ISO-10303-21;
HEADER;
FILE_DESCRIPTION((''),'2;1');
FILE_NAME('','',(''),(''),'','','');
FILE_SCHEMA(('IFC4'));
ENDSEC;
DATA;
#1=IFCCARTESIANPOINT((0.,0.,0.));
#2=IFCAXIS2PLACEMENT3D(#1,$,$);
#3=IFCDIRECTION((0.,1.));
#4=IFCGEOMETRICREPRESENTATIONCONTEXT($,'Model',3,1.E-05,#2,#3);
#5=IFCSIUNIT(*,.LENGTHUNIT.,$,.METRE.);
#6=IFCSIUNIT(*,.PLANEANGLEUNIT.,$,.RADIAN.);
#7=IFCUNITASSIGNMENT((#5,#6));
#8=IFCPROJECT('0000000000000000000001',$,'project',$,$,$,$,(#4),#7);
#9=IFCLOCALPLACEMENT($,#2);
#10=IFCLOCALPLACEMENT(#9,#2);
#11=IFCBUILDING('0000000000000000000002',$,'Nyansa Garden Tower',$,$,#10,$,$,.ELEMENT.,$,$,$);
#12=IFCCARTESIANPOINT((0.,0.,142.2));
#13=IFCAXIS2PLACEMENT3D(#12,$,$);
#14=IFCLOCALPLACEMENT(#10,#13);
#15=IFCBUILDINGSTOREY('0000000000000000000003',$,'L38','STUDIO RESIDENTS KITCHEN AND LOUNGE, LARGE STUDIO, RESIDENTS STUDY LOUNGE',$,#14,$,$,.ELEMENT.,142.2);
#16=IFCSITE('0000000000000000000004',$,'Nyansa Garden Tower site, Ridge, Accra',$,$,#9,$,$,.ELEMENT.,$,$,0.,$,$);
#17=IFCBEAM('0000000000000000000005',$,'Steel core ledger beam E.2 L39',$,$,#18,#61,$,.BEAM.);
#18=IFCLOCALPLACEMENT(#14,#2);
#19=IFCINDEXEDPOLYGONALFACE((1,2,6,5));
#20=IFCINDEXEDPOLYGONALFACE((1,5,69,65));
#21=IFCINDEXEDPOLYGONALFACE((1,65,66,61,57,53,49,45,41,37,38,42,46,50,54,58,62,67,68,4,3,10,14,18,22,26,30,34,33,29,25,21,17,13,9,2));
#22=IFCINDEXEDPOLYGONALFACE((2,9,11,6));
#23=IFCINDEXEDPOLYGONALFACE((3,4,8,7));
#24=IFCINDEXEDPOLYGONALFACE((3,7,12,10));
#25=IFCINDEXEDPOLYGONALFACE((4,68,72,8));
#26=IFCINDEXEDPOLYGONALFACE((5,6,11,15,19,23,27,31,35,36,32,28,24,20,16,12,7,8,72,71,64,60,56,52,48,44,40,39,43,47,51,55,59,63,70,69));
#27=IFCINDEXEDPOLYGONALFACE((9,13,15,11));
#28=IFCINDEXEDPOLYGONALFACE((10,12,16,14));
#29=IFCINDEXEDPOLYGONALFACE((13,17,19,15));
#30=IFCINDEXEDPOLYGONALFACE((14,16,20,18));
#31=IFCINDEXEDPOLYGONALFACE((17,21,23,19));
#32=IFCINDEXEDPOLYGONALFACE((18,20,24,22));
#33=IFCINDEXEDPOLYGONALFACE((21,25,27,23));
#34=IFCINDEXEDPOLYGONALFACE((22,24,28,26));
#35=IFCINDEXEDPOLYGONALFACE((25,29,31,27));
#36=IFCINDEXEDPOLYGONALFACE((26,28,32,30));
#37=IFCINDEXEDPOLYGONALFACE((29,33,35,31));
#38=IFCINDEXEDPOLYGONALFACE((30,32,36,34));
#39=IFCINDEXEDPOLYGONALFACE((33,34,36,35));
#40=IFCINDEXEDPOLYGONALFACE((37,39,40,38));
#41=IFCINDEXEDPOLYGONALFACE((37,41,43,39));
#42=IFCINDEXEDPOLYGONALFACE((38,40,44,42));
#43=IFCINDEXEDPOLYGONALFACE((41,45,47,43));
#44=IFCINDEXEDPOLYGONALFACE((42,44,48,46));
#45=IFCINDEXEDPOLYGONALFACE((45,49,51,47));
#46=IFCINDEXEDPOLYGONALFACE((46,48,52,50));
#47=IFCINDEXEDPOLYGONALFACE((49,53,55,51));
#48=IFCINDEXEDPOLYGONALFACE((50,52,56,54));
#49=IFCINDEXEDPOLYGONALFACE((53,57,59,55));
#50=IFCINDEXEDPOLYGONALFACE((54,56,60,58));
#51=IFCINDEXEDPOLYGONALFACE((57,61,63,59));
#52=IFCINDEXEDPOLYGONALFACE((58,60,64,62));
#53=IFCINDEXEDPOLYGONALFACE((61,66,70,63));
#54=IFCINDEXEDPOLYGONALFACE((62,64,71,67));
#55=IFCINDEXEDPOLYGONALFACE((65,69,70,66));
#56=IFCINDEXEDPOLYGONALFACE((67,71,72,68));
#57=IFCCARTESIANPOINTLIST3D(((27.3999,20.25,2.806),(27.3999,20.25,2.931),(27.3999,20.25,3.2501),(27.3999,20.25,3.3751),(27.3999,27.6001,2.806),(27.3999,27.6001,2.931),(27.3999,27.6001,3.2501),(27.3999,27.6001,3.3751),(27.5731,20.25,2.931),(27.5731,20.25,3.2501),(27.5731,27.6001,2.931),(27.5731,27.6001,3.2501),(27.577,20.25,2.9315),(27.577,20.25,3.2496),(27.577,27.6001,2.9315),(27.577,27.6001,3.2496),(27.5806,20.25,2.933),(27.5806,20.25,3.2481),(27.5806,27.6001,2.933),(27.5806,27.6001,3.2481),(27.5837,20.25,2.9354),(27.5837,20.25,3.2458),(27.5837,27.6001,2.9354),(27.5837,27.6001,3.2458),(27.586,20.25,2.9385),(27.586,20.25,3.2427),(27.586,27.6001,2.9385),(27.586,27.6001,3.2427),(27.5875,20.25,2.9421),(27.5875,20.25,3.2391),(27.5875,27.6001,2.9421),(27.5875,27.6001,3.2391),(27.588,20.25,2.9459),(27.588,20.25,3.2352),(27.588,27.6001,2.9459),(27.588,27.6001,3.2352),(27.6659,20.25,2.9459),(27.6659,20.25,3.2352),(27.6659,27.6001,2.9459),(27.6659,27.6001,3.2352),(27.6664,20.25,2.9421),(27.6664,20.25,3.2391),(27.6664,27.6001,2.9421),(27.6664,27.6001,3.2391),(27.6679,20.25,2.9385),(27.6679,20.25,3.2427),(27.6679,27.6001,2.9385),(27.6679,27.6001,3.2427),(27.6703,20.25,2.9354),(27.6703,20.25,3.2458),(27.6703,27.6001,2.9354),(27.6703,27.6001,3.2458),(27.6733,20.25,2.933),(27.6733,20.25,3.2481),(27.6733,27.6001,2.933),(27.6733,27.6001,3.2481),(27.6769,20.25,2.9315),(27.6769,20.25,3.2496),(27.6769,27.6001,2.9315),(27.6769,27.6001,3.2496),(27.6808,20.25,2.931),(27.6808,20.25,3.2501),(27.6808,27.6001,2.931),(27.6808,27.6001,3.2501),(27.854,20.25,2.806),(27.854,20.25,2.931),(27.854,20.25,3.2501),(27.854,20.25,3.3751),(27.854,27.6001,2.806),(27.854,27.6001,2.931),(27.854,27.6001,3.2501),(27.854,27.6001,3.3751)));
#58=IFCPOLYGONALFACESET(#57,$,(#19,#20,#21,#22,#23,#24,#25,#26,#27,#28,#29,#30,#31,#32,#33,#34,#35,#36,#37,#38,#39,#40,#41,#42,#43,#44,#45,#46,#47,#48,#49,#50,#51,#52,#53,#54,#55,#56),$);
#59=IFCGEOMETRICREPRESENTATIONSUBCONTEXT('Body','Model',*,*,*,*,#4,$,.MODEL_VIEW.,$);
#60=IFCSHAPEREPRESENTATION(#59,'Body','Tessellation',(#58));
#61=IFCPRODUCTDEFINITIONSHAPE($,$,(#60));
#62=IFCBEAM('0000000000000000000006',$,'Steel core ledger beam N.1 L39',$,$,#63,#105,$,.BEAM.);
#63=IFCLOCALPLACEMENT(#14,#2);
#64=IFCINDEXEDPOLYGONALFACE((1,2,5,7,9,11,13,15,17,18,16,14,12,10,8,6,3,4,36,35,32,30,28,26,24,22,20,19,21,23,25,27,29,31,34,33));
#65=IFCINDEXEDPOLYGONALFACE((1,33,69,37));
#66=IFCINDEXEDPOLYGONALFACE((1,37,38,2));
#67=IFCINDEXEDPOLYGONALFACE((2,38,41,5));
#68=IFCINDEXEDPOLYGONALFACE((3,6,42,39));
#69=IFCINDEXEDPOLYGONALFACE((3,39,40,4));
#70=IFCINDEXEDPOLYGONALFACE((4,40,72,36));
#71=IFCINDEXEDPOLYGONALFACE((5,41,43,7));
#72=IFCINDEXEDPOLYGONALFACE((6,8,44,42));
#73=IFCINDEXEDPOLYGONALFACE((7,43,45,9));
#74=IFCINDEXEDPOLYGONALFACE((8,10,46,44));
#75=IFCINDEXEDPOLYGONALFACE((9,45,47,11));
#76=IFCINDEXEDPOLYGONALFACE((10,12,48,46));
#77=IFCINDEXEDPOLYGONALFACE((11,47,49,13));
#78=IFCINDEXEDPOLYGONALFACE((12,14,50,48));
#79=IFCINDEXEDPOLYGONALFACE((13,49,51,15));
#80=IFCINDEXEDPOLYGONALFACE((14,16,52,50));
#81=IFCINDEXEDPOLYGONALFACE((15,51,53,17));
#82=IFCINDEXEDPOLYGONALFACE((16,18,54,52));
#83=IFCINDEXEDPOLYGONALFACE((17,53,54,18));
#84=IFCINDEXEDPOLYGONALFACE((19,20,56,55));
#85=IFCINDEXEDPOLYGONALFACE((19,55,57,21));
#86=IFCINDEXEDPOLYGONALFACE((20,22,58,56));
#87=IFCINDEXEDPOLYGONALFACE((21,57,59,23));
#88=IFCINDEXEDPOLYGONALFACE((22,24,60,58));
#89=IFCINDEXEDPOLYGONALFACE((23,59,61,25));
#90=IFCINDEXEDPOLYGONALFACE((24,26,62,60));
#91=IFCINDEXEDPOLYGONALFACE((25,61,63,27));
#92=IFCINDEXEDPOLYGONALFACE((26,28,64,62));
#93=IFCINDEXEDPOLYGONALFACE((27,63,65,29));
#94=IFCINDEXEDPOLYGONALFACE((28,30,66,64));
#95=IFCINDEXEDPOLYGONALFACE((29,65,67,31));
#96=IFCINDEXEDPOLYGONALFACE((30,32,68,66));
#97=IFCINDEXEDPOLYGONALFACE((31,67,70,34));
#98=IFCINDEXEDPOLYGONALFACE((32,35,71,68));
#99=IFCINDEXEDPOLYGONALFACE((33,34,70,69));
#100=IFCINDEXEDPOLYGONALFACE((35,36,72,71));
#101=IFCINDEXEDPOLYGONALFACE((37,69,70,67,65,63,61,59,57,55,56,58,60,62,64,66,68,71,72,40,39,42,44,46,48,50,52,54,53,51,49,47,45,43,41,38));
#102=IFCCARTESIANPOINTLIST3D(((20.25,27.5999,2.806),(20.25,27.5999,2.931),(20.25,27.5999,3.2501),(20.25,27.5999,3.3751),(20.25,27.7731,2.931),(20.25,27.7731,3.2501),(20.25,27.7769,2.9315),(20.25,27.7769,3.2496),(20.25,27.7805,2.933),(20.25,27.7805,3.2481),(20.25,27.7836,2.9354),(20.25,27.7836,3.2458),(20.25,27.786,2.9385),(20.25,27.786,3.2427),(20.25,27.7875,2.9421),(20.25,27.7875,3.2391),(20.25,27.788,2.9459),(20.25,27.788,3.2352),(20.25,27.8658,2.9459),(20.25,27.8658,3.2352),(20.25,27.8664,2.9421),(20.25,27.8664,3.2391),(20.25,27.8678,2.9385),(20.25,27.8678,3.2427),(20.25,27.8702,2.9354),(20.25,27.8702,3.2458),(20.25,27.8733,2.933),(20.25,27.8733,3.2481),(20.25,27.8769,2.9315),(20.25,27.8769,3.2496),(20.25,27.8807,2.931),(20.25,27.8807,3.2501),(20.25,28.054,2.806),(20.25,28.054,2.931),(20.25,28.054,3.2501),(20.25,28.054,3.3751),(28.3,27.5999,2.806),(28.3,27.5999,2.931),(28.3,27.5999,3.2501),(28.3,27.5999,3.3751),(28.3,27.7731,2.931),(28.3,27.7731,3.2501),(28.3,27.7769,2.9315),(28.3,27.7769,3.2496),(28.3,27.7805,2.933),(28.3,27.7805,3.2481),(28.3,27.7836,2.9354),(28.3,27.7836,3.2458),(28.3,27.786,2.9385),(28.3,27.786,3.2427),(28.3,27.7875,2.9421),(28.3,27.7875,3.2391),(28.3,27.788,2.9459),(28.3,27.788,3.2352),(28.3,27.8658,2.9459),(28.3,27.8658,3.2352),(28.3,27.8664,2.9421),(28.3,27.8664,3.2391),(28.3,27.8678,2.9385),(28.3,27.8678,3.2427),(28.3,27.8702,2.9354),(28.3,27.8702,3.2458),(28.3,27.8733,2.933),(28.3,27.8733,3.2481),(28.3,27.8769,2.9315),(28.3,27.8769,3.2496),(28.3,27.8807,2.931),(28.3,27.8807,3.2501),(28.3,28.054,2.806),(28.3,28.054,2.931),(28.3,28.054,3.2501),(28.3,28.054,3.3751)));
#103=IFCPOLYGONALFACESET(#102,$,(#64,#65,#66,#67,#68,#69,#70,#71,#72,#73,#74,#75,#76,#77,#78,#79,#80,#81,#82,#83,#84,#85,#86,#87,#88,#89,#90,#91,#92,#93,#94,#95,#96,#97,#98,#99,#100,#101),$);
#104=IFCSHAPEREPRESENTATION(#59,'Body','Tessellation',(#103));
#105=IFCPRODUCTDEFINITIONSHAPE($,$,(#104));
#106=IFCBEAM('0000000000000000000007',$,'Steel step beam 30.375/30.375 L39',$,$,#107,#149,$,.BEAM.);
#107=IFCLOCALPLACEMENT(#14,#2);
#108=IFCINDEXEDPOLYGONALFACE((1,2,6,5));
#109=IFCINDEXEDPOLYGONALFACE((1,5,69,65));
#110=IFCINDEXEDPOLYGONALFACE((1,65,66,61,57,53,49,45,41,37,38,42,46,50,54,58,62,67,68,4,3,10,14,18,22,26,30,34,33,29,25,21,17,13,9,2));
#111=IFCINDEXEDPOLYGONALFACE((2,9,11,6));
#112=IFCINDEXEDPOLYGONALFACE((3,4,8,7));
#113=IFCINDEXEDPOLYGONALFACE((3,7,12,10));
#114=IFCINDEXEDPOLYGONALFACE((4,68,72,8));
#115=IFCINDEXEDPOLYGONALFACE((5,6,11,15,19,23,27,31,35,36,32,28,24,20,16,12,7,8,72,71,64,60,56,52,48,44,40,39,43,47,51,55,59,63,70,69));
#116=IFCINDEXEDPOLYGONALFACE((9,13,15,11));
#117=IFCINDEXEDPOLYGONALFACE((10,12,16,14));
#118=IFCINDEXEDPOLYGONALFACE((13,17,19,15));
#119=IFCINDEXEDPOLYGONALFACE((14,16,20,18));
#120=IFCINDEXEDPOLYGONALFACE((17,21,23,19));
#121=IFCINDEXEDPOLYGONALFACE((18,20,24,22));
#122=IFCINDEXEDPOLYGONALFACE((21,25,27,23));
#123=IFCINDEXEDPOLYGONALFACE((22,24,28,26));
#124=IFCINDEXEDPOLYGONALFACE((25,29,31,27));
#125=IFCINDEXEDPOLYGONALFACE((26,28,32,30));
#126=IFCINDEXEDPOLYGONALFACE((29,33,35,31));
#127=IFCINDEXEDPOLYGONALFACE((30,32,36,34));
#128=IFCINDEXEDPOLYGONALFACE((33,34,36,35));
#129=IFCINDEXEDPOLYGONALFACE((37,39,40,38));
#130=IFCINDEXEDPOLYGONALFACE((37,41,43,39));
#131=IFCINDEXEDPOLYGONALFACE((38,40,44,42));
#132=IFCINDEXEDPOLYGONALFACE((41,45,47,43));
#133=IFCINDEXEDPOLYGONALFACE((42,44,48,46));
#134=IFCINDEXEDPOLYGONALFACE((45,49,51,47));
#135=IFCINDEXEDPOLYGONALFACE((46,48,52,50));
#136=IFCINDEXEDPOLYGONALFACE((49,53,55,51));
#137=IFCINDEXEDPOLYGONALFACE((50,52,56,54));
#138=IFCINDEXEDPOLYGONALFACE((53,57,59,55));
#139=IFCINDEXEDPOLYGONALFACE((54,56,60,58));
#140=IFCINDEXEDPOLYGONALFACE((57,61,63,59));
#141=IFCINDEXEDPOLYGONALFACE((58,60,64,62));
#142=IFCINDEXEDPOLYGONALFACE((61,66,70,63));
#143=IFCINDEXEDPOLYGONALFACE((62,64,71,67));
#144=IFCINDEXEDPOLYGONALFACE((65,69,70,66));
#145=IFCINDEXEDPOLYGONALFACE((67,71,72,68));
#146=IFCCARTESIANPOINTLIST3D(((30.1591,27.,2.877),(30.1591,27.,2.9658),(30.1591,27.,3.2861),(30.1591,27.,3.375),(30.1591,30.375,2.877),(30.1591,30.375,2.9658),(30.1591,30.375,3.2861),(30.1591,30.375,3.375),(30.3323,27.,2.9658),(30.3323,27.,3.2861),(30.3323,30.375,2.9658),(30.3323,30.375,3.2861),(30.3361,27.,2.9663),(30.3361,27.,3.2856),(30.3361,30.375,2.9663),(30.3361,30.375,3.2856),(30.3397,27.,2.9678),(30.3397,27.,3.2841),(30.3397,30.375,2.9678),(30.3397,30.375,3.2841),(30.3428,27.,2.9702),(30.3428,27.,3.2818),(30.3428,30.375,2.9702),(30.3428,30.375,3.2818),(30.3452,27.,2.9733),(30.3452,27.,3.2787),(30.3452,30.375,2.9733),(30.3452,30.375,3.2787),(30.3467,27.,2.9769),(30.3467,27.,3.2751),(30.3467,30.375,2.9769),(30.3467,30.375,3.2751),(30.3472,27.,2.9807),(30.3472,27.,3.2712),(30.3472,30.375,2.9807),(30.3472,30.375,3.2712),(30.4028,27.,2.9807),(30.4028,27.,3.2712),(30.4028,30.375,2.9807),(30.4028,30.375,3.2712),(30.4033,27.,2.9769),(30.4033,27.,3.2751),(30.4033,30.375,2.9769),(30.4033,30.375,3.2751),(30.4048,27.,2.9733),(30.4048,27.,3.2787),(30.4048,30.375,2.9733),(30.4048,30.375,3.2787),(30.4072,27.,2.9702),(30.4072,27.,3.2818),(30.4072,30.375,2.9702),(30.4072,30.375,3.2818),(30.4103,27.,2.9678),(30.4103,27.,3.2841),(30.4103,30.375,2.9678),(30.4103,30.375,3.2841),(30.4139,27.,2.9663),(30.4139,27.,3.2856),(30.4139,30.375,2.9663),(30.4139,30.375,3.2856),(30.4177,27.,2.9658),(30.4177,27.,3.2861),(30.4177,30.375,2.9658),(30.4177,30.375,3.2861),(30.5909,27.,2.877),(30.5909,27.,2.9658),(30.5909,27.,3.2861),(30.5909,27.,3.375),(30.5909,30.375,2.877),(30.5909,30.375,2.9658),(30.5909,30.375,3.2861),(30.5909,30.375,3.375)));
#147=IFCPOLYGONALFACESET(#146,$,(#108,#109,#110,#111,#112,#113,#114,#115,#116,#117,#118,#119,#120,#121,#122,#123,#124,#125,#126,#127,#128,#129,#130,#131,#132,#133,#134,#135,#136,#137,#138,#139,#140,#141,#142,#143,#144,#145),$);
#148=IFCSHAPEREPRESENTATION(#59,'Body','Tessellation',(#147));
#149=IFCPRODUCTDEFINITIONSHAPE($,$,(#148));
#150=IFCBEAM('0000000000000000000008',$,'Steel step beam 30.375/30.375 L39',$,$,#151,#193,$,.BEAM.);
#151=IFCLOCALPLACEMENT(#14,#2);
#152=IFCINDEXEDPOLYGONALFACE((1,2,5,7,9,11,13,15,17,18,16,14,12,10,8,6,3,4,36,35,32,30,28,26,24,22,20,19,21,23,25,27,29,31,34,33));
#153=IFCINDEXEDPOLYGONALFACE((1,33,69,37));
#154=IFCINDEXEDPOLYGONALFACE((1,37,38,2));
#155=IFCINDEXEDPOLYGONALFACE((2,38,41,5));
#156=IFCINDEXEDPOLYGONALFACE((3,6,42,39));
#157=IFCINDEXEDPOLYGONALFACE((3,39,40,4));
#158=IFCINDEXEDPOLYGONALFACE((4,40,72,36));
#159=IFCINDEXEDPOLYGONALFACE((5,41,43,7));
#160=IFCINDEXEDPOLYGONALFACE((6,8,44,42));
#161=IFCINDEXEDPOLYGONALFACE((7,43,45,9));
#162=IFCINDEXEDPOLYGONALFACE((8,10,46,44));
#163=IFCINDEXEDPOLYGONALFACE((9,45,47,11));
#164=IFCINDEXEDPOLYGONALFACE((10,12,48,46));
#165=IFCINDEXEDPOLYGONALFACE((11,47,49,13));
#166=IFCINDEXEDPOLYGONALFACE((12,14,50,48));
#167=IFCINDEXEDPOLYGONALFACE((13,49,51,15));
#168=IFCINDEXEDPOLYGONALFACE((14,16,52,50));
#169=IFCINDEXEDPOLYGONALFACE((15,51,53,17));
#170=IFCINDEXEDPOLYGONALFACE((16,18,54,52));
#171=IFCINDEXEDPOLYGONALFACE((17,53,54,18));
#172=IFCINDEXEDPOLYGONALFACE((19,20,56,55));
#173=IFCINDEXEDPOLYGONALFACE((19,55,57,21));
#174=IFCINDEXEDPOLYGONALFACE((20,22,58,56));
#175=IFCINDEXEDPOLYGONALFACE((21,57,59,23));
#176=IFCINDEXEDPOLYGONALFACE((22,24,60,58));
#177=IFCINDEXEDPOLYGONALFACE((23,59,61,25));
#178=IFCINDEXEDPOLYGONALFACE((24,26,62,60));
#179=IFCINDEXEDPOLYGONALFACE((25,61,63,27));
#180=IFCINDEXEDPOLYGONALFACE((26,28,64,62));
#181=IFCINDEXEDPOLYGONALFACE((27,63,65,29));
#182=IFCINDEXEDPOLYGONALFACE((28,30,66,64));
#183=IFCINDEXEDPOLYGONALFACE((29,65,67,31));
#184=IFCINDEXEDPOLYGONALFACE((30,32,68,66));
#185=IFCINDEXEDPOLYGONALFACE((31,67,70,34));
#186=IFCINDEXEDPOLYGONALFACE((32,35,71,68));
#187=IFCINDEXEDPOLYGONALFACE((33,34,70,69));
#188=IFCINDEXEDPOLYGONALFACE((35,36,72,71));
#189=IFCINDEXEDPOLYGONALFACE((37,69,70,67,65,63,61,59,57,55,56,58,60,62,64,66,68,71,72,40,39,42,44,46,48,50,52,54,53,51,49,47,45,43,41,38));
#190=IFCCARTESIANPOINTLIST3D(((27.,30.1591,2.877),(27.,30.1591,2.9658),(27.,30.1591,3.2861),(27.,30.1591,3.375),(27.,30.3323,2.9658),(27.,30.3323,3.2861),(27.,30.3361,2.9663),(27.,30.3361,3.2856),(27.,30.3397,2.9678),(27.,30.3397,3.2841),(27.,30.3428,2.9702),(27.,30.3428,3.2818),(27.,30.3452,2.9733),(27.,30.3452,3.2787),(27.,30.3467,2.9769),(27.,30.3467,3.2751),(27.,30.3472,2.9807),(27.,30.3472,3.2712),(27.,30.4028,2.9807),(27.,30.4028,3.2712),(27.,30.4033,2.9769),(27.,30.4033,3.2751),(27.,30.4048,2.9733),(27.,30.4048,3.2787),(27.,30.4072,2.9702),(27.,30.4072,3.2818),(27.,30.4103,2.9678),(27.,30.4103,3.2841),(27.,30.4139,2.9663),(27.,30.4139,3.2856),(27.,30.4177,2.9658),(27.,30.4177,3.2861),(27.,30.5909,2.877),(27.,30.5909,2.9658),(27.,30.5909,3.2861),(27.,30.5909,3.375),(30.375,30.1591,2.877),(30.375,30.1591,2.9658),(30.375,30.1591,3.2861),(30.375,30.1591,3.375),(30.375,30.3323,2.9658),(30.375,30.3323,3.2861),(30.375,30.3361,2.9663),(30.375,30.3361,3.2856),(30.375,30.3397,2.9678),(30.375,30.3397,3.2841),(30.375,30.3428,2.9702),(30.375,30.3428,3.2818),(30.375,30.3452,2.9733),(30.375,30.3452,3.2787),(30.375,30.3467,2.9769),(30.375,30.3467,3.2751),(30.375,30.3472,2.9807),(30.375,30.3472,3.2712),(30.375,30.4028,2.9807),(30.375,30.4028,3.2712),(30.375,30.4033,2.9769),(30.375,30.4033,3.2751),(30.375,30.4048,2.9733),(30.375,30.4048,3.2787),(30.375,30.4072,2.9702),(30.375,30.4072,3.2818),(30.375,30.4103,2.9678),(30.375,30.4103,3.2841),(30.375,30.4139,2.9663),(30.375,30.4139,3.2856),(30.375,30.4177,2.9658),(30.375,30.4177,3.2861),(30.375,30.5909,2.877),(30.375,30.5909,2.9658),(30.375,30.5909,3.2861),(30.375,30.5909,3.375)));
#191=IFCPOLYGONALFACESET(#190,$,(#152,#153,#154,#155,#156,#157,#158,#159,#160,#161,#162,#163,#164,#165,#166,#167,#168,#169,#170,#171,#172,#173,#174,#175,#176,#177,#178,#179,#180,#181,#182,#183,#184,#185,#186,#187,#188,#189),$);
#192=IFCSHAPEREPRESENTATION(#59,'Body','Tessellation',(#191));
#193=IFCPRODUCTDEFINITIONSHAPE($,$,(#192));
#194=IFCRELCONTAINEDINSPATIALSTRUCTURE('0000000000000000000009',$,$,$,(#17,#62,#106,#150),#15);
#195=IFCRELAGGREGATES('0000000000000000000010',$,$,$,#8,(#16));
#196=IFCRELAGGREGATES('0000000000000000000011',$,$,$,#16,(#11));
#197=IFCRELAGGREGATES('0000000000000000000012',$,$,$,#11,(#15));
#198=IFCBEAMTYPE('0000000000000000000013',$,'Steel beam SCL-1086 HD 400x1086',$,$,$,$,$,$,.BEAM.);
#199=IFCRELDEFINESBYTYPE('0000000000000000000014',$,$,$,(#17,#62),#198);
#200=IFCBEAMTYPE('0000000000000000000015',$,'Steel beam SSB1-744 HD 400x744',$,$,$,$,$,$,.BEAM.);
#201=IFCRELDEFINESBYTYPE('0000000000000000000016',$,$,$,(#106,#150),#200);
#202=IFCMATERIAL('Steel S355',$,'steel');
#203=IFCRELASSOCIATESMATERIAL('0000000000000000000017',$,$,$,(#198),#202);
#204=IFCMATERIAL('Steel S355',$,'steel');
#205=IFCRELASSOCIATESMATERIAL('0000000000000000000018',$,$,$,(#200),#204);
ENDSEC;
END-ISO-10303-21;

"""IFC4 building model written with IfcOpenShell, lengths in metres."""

from ifc_helpers import new_model, si_unit, direction, frame, origin, origin_2d, place, context, subcontext, project, spatial, i_section, extrude, material, material_profile, profile_set, type_object, element, save


model = new_model("IFC4")

# Units and contexts
model_context = context("Model", 3, precision=1e-05, world=origin(), true_north=direction((0.0, 1.0)))
body_context = subcontext(model_context, "Body", "Model", "MODEL_VIEW")
ifc_project = project(units=[si_unit("LENGTHUNIT", "METRE"), si_unit("PLANEANGLEUNIT", "RADIAN")], contexts=[model_context])

# Site, building, storey
site_placement = place(None, origin())
site = spatial("IfcSite", under=ifc_project, at=site_placement, Name="Nyansa Garden Tower site, Ridge, Accra", CompositionType="ELEMENT", RefElevation=0.0)
building_placement = place(site_placement, origin())
building = spatial("IfcBuilding", under=site, at=building_placement, Name="Nyansa Garden Tower", CompositionType="ELEMENT")
storey_placement = place(building_placement, frame((0.0, 0.0, 142.2)))
storey = spatial("IfcBuildingStorey", under=building, at=storey_placement, Name="L38", Description="STUDIO RESIDENTS KITCHEN AND LOUNGE, LARGE STUDIO, RESIDENTS STUDY LOUNGE", CompositionType="ELEMENT", Elevation=142.2)

# Beams
ifc_material_1 = material(Name="Steel S355", Category="steel")
ifc_material_profile_1 = material_profile(ifc_material_1, i_section(OverallWidth=0.4541, OverallDepth=0.5691, WebThickness=0.0779, FlangeThickness=0.125, FilletRadius=0.0149, at=origin_2d()), Name="HD 400x1086")
ifc_profile_set_1 = profile_set([ifc_material_profile_1], Name="Steel S355")
beam_type_1 = type_object("IfcBeamType", Name="Steel beam SCL-1086 HD 400x1086", PredefinedType="BEAM", material=ifc_profile_set_1)
beam_1_placement = place(storey_placement, frame((27.627, 20.25, 3.0906), z_axis=(0.0, 1.0, 0.0), x_axis=(-1.0, 0.0, 0.0)))
element("IfcBeam", 1, at=beam_1_placement, inside=storey, type_object=beam_type_1, Name="Steel core ledger beam E.2 L39", PredefinedType="BEAM", context=body_context, shape_type="SweptSolid", body=[
    extrude(i_section(OverallWidth=0.4541, OverallDepth=0.5691, WebThickness=0.0779, FlangeThickness=0.125, FilletRadius=0.0149, at=origin_2d()), origin(), (0.0, 0.0, 1.0), 7.3501),
])
beam_2_placement = place(storey_placement, frame((28.3, 27.8269, 3.0906), z_axis=(-1.0, 0.0, 0.0), x_axis=(0.0, -1.0, 0.0)))
element("IfcBeam", 2, at=beam_2_placement, inside=storey, type_object=beam_type_1, Name="Steel core ledger beam N.1 L39", PredefinedType="BEAM", context=body_context, shape_type="SweptSolid", body=[
    extrude(i_section(OverallWidth=0.4541, OverallDepth=0.5691, WebThickness=0.0779, FlangeThickness=0.125, FilletRadius=0.0149, at=origin_2d()), origin(), (0.0, 0.0, 1.0), 8.05),
])
ifc_material_2 = material(Name="Steel S355", Category="steel")
ifc_material_profile_2 = material_profile(ifc_material_2, i_section(OverallWidth=0.4319, OverallDepth=0.498, WebThickness=0.0557, FlangeThickness=0.0889, FilletRadius=0.0149, at=origin_2d()), Name="HD 400x744")
ifc_profile_set_2 = profile_set([ifc_material_profile_2], Name="Steel S355")
beam_type_2 = type_object("IfcBeamType", Name="Steel beam SSB1-744 HD 400x744", PredefinedType="BEAM", material=ifc_profile_set_2)
for number, where, z_axis, x_axis, name in (
    (3, (30.375, 30.375, 3.126), (0.0, -1.0, 0.0), (1.0, 0.0, 0.0), "Steel step beam 30.375/30.375 L39"),
    (4, (30.375, 30.375, 3.126), (-1.0, 0.0, 0.0), (0.0, -1.0, 0.0), "Steel step beam 30.375/30.375 L39"),
):
    element("IfcBeam", number, at=place(storey_placement, frame(where, z_axis=z_axis, x_axis=x_axis)), inside=storey, type_object=beam_type_2, Name=name, PredefinedType="BEAM", context=body_context, shape_type="SweptSolid", body=[
        extrude(i_section(OverallWidth=0.4319, OverallDepth=0.498, WebThickness=0.0557, FlangeThickness=0.0889, FilletRadius=0.0149, at=origin_2d()), origin(), (0.0, 0.0, 1.0), 3.375),
    ])

save(model, "model.ifc")
